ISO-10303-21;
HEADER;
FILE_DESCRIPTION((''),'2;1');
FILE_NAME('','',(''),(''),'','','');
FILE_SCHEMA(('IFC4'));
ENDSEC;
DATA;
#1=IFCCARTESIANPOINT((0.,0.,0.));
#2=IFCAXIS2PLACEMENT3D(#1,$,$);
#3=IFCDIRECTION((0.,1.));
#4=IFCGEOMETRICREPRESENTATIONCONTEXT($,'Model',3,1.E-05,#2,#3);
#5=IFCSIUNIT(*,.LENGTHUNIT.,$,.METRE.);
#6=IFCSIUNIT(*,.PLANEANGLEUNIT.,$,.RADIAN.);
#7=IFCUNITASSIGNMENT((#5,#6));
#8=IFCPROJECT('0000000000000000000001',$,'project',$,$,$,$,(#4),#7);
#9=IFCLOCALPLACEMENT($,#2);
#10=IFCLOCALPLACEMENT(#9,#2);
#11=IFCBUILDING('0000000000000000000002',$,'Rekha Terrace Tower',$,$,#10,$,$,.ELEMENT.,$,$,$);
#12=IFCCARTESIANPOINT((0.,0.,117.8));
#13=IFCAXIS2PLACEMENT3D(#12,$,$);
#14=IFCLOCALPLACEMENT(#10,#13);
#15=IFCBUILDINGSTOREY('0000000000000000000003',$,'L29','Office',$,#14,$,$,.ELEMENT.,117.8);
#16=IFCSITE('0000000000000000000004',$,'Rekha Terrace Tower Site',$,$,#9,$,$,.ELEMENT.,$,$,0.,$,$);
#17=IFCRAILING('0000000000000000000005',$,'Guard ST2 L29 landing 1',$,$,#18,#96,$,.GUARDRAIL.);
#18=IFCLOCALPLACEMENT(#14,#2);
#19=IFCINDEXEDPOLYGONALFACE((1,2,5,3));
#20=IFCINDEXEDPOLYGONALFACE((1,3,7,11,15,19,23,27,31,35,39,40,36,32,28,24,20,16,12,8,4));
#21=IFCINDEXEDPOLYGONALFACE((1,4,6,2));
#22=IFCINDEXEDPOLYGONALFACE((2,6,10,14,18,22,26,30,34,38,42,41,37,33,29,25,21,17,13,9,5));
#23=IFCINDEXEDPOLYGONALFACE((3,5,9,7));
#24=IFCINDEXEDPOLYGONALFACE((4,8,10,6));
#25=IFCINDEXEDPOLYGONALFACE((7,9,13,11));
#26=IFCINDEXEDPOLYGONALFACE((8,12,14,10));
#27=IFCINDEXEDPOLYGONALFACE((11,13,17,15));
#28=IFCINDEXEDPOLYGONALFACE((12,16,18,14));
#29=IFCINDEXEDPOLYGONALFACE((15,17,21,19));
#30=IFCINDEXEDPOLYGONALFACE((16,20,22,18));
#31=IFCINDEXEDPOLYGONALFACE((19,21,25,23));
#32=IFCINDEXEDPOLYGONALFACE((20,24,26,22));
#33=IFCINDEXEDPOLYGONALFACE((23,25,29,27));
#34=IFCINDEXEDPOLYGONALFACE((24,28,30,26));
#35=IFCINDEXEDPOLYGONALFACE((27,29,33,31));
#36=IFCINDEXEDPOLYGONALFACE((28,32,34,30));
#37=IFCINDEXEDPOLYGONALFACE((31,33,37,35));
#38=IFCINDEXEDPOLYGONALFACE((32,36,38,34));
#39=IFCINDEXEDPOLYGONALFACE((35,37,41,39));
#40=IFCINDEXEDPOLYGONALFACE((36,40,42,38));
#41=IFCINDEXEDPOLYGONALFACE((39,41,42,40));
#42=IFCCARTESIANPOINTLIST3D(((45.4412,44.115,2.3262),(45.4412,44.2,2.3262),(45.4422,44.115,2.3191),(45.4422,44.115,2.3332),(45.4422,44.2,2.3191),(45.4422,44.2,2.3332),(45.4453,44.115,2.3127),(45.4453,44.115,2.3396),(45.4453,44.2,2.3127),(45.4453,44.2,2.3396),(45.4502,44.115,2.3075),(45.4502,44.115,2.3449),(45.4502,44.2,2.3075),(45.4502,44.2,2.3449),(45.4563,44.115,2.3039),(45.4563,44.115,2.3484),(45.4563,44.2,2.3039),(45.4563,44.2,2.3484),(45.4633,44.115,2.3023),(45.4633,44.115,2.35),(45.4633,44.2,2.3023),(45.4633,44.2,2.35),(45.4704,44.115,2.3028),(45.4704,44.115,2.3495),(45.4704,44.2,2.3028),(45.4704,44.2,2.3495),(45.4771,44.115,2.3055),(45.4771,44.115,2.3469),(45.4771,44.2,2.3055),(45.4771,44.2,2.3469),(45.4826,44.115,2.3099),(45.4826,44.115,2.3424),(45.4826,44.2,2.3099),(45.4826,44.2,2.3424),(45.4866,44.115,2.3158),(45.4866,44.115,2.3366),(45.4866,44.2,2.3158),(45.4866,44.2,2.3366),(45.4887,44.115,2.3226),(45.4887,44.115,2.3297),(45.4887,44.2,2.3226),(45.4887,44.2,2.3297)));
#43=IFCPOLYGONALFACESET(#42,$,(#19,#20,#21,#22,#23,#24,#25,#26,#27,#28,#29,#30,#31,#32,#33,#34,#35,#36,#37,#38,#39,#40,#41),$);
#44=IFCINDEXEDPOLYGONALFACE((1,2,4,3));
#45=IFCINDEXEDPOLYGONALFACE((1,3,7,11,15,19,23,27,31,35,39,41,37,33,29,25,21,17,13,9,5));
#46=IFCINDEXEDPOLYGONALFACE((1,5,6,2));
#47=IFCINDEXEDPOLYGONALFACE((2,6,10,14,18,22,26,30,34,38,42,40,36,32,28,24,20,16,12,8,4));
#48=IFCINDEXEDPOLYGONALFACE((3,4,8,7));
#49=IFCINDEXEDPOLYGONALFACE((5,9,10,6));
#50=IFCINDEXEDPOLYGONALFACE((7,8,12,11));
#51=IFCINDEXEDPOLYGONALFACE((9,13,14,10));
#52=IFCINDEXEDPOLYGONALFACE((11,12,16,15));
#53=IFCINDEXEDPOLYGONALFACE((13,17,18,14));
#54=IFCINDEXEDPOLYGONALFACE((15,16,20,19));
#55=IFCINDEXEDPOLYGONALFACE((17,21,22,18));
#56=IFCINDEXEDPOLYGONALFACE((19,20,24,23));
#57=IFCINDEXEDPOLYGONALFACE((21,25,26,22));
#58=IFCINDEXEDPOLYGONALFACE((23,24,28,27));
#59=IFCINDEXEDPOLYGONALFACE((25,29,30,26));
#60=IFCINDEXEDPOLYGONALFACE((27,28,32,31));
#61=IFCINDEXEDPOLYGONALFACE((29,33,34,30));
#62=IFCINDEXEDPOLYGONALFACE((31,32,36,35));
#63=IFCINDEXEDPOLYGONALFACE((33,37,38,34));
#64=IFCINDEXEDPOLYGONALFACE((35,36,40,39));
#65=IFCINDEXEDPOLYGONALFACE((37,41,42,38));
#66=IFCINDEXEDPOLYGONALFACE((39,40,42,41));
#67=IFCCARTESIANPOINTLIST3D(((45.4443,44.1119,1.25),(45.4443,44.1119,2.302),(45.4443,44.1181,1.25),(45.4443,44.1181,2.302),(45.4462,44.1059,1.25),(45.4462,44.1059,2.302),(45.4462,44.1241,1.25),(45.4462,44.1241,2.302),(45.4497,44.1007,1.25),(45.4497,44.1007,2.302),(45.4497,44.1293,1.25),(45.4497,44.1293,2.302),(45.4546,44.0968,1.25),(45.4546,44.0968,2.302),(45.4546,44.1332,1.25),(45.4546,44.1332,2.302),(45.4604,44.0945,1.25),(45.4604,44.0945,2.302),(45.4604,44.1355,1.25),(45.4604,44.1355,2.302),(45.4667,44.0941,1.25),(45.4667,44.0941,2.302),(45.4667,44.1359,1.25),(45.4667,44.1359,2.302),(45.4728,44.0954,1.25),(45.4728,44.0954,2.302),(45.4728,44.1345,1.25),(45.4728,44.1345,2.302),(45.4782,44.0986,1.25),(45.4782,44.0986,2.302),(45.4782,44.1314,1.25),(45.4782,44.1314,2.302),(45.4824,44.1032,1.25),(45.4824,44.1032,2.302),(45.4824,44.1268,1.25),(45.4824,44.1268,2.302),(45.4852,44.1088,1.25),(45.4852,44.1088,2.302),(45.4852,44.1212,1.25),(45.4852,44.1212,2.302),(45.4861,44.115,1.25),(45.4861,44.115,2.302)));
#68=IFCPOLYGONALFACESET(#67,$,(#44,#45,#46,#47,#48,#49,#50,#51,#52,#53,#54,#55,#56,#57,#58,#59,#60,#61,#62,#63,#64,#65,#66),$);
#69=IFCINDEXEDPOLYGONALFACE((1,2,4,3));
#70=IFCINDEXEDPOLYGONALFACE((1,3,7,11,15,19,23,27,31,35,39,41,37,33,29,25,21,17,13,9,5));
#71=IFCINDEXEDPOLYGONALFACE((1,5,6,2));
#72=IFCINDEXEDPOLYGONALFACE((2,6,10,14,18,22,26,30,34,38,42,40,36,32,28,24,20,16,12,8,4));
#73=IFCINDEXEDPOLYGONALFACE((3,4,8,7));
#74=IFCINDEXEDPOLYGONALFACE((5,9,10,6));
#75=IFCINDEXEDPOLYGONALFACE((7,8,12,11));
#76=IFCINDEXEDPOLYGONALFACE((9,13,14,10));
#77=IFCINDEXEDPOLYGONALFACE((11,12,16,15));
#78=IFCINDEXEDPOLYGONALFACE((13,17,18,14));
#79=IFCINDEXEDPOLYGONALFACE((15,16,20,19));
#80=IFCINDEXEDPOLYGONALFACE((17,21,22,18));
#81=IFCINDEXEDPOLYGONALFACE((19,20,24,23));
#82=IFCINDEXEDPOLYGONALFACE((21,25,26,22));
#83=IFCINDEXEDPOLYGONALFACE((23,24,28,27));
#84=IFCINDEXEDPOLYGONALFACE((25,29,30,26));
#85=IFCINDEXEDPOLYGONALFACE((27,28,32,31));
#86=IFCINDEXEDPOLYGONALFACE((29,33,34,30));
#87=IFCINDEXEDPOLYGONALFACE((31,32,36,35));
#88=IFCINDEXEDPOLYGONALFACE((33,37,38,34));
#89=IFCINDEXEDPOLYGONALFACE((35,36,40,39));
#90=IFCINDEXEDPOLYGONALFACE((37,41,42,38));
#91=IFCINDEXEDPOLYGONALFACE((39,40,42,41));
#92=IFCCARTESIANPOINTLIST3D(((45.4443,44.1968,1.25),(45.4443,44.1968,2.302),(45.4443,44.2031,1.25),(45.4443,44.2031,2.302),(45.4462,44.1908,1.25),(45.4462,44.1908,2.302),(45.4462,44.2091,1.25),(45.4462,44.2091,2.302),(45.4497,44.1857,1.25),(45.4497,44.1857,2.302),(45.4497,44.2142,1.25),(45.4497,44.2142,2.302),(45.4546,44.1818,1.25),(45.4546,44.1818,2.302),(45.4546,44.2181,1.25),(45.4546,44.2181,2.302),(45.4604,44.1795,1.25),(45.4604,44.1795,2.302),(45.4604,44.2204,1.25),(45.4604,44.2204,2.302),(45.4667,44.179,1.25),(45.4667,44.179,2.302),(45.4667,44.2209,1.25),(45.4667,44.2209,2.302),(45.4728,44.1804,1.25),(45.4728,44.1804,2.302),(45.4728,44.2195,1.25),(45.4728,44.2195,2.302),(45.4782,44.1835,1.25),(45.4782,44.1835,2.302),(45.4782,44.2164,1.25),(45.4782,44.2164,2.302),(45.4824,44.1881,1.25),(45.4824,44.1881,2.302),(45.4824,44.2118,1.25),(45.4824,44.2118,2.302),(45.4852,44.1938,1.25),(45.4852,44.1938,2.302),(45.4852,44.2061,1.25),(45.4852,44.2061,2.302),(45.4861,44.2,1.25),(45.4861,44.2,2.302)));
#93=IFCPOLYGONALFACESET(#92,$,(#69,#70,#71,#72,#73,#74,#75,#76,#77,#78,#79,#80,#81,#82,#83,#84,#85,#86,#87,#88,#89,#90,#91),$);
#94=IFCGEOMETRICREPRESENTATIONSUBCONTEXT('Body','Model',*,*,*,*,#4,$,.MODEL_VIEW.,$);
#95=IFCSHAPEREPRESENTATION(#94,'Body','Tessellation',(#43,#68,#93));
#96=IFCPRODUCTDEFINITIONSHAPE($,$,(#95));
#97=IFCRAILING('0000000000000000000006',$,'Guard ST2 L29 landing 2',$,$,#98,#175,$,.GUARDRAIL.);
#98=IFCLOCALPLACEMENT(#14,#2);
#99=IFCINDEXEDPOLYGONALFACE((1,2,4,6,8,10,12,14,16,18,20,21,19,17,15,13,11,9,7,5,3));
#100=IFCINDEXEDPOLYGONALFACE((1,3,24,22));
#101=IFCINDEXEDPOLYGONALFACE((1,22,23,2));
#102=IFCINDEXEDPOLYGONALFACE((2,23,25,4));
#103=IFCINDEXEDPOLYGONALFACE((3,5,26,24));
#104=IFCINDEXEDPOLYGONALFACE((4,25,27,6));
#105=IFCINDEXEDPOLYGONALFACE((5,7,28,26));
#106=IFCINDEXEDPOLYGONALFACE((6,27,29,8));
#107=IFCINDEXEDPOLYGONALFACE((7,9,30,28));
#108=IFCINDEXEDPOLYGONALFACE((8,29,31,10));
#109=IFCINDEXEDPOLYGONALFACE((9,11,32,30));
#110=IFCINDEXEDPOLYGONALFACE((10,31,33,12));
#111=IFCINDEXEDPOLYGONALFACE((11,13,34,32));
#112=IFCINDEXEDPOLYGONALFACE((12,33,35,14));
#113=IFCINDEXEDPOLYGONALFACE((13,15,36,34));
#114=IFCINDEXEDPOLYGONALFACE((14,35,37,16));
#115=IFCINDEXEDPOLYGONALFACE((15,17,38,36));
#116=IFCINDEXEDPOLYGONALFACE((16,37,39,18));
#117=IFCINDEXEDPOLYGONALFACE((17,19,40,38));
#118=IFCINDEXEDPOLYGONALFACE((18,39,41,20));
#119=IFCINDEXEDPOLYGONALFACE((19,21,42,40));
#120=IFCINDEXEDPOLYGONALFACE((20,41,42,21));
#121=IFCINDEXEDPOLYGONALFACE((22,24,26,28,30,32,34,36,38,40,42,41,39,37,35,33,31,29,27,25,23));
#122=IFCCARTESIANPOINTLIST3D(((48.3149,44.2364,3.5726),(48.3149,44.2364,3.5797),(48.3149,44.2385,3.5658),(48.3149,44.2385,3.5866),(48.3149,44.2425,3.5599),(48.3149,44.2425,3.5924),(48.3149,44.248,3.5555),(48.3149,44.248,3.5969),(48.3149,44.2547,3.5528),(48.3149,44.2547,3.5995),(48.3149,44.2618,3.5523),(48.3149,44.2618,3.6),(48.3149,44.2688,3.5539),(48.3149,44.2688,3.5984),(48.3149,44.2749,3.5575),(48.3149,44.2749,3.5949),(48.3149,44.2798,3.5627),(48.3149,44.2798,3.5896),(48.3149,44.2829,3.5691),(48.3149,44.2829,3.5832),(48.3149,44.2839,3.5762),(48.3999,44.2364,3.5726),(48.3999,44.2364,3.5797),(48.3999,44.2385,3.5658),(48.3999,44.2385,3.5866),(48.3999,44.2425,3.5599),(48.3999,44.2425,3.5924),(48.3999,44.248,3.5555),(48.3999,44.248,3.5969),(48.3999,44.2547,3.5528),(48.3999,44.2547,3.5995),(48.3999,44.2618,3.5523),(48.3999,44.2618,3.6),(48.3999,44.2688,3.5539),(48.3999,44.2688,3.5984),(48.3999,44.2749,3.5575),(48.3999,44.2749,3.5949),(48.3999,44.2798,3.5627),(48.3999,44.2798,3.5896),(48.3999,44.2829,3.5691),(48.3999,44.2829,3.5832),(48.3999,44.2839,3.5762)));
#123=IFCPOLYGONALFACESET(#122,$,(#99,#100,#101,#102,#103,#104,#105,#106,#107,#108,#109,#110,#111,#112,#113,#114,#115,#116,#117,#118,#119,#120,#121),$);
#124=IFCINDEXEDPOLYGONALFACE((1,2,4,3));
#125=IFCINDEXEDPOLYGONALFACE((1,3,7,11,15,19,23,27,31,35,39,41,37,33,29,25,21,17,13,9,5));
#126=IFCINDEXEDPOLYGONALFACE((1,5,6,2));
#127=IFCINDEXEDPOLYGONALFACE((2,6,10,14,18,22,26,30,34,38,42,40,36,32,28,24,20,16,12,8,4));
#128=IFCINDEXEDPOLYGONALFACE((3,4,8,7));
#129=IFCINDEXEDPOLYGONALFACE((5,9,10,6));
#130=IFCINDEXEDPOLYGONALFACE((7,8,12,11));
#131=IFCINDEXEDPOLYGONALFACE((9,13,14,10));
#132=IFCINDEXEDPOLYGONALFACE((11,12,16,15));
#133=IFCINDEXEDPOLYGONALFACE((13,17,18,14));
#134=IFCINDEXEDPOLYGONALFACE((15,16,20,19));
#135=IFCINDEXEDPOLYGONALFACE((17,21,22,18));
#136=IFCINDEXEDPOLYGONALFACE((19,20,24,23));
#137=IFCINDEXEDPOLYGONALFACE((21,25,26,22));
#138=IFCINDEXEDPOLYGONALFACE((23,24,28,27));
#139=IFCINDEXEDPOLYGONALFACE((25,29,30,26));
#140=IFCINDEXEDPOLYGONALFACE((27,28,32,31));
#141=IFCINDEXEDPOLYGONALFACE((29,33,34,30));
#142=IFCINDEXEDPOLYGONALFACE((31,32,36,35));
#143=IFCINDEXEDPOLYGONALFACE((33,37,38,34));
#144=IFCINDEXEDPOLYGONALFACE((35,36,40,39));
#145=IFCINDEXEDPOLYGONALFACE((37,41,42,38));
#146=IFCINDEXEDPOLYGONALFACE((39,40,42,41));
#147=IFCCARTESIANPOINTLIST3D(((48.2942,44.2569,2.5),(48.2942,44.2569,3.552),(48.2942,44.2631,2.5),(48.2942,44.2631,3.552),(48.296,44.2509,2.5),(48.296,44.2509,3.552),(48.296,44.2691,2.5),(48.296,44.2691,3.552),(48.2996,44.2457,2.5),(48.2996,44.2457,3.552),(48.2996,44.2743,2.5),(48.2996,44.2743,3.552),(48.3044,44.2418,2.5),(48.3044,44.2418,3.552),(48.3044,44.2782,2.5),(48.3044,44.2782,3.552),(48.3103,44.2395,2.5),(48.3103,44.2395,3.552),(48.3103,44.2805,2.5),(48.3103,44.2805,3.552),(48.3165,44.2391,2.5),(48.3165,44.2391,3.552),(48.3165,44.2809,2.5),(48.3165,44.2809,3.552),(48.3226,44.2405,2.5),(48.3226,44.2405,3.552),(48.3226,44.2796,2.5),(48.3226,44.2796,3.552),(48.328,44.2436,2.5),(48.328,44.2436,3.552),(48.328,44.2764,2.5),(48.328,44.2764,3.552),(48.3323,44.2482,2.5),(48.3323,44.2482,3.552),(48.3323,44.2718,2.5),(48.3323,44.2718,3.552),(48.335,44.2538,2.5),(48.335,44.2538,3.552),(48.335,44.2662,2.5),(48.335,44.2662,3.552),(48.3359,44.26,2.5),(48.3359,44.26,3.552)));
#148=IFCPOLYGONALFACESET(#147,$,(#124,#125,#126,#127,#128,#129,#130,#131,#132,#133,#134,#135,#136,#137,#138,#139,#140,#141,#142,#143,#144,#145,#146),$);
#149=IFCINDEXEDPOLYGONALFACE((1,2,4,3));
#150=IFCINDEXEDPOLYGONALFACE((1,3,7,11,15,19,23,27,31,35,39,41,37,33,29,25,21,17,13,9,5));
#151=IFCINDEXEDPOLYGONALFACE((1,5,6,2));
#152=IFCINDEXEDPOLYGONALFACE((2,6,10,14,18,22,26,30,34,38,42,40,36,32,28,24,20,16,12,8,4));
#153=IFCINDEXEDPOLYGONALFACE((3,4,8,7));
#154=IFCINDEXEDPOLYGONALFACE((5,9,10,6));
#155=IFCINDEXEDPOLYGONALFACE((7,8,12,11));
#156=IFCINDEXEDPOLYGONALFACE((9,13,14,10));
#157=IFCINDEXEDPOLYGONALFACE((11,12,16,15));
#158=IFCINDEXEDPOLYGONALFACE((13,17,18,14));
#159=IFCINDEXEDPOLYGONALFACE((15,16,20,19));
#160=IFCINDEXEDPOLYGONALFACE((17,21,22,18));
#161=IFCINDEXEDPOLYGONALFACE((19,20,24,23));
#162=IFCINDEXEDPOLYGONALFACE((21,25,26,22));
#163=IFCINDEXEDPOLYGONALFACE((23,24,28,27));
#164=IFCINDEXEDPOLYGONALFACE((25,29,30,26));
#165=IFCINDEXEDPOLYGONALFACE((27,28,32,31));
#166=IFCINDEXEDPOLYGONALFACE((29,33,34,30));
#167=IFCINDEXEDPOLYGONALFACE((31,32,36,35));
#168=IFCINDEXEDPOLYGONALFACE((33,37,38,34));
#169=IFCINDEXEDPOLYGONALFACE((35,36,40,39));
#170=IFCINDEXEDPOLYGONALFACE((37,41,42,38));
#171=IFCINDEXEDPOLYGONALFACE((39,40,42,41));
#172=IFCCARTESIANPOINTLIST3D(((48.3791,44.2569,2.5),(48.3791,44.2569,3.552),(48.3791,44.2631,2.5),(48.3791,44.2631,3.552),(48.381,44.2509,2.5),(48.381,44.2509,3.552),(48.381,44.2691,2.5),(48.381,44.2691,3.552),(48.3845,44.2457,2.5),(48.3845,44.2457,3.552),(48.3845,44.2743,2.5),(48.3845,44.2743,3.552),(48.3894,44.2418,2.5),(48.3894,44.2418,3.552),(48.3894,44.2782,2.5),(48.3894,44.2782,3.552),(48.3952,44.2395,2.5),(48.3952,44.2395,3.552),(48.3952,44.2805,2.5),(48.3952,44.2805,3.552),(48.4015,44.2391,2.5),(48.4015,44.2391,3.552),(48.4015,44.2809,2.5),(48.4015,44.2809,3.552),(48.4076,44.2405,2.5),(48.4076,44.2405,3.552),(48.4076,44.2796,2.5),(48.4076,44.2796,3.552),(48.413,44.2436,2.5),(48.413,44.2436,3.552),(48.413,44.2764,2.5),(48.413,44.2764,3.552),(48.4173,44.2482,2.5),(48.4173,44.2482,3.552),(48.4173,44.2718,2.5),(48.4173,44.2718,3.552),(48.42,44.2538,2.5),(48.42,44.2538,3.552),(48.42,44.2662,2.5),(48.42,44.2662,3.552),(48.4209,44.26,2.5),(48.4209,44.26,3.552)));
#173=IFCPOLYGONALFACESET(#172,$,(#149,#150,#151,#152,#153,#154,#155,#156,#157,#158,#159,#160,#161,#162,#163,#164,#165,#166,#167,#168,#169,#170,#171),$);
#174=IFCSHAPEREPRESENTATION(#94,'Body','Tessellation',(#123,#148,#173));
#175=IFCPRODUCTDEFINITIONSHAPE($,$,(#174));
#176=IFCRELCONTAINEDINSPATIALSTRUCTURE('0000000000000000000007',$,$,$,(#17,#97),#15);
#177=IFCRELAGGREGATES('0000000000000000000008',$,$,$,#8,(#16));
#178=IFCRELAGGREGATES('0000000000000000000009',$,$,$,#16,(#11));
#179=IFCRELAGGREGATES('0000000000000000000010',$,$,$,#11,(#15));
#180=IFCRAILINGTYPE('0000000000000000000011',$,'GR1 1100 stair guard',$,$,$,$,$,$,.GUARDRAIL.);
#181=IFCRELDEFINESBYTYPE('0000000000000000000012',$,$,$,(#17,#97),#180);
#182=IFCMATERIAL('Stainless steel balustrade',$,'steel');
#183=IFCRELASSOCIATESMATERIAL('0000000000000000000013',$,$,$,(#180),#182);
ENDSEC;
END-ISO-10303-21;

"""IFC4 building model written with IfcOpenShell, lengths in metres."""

from ifc_helpers import new_model, si_unit, direction, frame, origin, origin_2d, place, context, subcontext, project, spatial, circle, extrude, material, type_object, element, save


model = new_model("IFC4")

# Units and contexts
model_context = context("Model", 3, precision=1e-05, world=origin(), true_north=direction((0.0, 1.0)))
body_context = subcontext(model_context, "Body", "Model", "MODEL_VIEW")
ifc_project = project(units=[si_unit("LENGTHUNIT", "METRE"), si_unit("PLANEANGLEUNIT", "RADIAN")], contexts=[model_context])

# Site, building, storey
site_placement = place(None, origin())
site = spatial("IfcSite", under=ifc_project, at=site_placement, Name="Rekha Terrace Tower Site", CompositionType="ELEMENT", RefElevation=0.0)
building_placement = place(site_placement, origin())
building = spatial("IfcBuilding", under=site, at=building_placement, Name="Rekha Terrace Tower", CompositionType="ELEMENT")
storey_placement = place(building_placement, frame((0.0, 0.0, 117.8)))
storey = spatial("IfcBuildingStorey", under=building, at=storey_placement, Name="L29", Description="Office", CompositionType="ELEMENT", Elevation=117.8)

# Railings
ifc_material_1 = material(Name="Stainless steel balustrade", Category="steel")
railing_type_1 = type_object("IfcRailingType", Name="GR1 1100 stair guard", PredefinedType="GUARDRAIL", material=ifc_material_1)
railing_1_placement = place(storey_placement, frame((45.4651, 44.115, 1.25)))
element("IfcRailing", 1, at=railing_1_placement, inside=storey, type_object=railing_type_1, Name="Guard ST2 L29 landing 1", PredefinedType="GUARDRAIL", context=body_context, shape_type="SweptSolid", body=[
    extrude(circle(Radius=0.0239, at=origin_2d()), frame((0.0, 0.0, 1.0762), z_axis=(0.0, 1.0, 0.0), x_axis=(-1.0, 0.0, 0.0)), (0.0, 0.0, 1.0), 0.085),
    extrude(circle(Radius=0.021, at=origin_2d()), origin(), (0.0, 0.0, 1.0), 1.052),
    extrude(circle(Radius=0.021, at=origin_2d()), frame((0.0, 0.085, 0.0)), (0.0, 0.0, 1.0), 1.052),
])
railing_2_placement = place(storey_placement, frame((48.3149, 44.26, 2.5)))
element("IfcRailing", 2, at=railing_2_placement, inside=storey, type_object=railing_type_1, Name="Guard ST2 L29 landing 2", PredefinedType="GUARDRAIL", context=body_context, shape_type="SweptSolid", body=[
    extrude(circle(Radius=0.0239, at=origin_2d()), frame((0.0, 0.0, 1.0762), z_axis=(1.0, 0.0, 0.0), x_axis=(0.0, 1.0, 0.0)), (0.0, 0.0, 1.0), 0.085),
    extrude(circle(Radius=0.021, at=origin_2d()), origin(), (0.0, 0.0, 1.0), 1.052),
    extrude(circle(Radius=0.021, at=origin_2d()), frame((0.085, 0.0, 0.0)), (0.0, 0.0, 1.0), 1.052),
])

save(model, "model.ifc")
